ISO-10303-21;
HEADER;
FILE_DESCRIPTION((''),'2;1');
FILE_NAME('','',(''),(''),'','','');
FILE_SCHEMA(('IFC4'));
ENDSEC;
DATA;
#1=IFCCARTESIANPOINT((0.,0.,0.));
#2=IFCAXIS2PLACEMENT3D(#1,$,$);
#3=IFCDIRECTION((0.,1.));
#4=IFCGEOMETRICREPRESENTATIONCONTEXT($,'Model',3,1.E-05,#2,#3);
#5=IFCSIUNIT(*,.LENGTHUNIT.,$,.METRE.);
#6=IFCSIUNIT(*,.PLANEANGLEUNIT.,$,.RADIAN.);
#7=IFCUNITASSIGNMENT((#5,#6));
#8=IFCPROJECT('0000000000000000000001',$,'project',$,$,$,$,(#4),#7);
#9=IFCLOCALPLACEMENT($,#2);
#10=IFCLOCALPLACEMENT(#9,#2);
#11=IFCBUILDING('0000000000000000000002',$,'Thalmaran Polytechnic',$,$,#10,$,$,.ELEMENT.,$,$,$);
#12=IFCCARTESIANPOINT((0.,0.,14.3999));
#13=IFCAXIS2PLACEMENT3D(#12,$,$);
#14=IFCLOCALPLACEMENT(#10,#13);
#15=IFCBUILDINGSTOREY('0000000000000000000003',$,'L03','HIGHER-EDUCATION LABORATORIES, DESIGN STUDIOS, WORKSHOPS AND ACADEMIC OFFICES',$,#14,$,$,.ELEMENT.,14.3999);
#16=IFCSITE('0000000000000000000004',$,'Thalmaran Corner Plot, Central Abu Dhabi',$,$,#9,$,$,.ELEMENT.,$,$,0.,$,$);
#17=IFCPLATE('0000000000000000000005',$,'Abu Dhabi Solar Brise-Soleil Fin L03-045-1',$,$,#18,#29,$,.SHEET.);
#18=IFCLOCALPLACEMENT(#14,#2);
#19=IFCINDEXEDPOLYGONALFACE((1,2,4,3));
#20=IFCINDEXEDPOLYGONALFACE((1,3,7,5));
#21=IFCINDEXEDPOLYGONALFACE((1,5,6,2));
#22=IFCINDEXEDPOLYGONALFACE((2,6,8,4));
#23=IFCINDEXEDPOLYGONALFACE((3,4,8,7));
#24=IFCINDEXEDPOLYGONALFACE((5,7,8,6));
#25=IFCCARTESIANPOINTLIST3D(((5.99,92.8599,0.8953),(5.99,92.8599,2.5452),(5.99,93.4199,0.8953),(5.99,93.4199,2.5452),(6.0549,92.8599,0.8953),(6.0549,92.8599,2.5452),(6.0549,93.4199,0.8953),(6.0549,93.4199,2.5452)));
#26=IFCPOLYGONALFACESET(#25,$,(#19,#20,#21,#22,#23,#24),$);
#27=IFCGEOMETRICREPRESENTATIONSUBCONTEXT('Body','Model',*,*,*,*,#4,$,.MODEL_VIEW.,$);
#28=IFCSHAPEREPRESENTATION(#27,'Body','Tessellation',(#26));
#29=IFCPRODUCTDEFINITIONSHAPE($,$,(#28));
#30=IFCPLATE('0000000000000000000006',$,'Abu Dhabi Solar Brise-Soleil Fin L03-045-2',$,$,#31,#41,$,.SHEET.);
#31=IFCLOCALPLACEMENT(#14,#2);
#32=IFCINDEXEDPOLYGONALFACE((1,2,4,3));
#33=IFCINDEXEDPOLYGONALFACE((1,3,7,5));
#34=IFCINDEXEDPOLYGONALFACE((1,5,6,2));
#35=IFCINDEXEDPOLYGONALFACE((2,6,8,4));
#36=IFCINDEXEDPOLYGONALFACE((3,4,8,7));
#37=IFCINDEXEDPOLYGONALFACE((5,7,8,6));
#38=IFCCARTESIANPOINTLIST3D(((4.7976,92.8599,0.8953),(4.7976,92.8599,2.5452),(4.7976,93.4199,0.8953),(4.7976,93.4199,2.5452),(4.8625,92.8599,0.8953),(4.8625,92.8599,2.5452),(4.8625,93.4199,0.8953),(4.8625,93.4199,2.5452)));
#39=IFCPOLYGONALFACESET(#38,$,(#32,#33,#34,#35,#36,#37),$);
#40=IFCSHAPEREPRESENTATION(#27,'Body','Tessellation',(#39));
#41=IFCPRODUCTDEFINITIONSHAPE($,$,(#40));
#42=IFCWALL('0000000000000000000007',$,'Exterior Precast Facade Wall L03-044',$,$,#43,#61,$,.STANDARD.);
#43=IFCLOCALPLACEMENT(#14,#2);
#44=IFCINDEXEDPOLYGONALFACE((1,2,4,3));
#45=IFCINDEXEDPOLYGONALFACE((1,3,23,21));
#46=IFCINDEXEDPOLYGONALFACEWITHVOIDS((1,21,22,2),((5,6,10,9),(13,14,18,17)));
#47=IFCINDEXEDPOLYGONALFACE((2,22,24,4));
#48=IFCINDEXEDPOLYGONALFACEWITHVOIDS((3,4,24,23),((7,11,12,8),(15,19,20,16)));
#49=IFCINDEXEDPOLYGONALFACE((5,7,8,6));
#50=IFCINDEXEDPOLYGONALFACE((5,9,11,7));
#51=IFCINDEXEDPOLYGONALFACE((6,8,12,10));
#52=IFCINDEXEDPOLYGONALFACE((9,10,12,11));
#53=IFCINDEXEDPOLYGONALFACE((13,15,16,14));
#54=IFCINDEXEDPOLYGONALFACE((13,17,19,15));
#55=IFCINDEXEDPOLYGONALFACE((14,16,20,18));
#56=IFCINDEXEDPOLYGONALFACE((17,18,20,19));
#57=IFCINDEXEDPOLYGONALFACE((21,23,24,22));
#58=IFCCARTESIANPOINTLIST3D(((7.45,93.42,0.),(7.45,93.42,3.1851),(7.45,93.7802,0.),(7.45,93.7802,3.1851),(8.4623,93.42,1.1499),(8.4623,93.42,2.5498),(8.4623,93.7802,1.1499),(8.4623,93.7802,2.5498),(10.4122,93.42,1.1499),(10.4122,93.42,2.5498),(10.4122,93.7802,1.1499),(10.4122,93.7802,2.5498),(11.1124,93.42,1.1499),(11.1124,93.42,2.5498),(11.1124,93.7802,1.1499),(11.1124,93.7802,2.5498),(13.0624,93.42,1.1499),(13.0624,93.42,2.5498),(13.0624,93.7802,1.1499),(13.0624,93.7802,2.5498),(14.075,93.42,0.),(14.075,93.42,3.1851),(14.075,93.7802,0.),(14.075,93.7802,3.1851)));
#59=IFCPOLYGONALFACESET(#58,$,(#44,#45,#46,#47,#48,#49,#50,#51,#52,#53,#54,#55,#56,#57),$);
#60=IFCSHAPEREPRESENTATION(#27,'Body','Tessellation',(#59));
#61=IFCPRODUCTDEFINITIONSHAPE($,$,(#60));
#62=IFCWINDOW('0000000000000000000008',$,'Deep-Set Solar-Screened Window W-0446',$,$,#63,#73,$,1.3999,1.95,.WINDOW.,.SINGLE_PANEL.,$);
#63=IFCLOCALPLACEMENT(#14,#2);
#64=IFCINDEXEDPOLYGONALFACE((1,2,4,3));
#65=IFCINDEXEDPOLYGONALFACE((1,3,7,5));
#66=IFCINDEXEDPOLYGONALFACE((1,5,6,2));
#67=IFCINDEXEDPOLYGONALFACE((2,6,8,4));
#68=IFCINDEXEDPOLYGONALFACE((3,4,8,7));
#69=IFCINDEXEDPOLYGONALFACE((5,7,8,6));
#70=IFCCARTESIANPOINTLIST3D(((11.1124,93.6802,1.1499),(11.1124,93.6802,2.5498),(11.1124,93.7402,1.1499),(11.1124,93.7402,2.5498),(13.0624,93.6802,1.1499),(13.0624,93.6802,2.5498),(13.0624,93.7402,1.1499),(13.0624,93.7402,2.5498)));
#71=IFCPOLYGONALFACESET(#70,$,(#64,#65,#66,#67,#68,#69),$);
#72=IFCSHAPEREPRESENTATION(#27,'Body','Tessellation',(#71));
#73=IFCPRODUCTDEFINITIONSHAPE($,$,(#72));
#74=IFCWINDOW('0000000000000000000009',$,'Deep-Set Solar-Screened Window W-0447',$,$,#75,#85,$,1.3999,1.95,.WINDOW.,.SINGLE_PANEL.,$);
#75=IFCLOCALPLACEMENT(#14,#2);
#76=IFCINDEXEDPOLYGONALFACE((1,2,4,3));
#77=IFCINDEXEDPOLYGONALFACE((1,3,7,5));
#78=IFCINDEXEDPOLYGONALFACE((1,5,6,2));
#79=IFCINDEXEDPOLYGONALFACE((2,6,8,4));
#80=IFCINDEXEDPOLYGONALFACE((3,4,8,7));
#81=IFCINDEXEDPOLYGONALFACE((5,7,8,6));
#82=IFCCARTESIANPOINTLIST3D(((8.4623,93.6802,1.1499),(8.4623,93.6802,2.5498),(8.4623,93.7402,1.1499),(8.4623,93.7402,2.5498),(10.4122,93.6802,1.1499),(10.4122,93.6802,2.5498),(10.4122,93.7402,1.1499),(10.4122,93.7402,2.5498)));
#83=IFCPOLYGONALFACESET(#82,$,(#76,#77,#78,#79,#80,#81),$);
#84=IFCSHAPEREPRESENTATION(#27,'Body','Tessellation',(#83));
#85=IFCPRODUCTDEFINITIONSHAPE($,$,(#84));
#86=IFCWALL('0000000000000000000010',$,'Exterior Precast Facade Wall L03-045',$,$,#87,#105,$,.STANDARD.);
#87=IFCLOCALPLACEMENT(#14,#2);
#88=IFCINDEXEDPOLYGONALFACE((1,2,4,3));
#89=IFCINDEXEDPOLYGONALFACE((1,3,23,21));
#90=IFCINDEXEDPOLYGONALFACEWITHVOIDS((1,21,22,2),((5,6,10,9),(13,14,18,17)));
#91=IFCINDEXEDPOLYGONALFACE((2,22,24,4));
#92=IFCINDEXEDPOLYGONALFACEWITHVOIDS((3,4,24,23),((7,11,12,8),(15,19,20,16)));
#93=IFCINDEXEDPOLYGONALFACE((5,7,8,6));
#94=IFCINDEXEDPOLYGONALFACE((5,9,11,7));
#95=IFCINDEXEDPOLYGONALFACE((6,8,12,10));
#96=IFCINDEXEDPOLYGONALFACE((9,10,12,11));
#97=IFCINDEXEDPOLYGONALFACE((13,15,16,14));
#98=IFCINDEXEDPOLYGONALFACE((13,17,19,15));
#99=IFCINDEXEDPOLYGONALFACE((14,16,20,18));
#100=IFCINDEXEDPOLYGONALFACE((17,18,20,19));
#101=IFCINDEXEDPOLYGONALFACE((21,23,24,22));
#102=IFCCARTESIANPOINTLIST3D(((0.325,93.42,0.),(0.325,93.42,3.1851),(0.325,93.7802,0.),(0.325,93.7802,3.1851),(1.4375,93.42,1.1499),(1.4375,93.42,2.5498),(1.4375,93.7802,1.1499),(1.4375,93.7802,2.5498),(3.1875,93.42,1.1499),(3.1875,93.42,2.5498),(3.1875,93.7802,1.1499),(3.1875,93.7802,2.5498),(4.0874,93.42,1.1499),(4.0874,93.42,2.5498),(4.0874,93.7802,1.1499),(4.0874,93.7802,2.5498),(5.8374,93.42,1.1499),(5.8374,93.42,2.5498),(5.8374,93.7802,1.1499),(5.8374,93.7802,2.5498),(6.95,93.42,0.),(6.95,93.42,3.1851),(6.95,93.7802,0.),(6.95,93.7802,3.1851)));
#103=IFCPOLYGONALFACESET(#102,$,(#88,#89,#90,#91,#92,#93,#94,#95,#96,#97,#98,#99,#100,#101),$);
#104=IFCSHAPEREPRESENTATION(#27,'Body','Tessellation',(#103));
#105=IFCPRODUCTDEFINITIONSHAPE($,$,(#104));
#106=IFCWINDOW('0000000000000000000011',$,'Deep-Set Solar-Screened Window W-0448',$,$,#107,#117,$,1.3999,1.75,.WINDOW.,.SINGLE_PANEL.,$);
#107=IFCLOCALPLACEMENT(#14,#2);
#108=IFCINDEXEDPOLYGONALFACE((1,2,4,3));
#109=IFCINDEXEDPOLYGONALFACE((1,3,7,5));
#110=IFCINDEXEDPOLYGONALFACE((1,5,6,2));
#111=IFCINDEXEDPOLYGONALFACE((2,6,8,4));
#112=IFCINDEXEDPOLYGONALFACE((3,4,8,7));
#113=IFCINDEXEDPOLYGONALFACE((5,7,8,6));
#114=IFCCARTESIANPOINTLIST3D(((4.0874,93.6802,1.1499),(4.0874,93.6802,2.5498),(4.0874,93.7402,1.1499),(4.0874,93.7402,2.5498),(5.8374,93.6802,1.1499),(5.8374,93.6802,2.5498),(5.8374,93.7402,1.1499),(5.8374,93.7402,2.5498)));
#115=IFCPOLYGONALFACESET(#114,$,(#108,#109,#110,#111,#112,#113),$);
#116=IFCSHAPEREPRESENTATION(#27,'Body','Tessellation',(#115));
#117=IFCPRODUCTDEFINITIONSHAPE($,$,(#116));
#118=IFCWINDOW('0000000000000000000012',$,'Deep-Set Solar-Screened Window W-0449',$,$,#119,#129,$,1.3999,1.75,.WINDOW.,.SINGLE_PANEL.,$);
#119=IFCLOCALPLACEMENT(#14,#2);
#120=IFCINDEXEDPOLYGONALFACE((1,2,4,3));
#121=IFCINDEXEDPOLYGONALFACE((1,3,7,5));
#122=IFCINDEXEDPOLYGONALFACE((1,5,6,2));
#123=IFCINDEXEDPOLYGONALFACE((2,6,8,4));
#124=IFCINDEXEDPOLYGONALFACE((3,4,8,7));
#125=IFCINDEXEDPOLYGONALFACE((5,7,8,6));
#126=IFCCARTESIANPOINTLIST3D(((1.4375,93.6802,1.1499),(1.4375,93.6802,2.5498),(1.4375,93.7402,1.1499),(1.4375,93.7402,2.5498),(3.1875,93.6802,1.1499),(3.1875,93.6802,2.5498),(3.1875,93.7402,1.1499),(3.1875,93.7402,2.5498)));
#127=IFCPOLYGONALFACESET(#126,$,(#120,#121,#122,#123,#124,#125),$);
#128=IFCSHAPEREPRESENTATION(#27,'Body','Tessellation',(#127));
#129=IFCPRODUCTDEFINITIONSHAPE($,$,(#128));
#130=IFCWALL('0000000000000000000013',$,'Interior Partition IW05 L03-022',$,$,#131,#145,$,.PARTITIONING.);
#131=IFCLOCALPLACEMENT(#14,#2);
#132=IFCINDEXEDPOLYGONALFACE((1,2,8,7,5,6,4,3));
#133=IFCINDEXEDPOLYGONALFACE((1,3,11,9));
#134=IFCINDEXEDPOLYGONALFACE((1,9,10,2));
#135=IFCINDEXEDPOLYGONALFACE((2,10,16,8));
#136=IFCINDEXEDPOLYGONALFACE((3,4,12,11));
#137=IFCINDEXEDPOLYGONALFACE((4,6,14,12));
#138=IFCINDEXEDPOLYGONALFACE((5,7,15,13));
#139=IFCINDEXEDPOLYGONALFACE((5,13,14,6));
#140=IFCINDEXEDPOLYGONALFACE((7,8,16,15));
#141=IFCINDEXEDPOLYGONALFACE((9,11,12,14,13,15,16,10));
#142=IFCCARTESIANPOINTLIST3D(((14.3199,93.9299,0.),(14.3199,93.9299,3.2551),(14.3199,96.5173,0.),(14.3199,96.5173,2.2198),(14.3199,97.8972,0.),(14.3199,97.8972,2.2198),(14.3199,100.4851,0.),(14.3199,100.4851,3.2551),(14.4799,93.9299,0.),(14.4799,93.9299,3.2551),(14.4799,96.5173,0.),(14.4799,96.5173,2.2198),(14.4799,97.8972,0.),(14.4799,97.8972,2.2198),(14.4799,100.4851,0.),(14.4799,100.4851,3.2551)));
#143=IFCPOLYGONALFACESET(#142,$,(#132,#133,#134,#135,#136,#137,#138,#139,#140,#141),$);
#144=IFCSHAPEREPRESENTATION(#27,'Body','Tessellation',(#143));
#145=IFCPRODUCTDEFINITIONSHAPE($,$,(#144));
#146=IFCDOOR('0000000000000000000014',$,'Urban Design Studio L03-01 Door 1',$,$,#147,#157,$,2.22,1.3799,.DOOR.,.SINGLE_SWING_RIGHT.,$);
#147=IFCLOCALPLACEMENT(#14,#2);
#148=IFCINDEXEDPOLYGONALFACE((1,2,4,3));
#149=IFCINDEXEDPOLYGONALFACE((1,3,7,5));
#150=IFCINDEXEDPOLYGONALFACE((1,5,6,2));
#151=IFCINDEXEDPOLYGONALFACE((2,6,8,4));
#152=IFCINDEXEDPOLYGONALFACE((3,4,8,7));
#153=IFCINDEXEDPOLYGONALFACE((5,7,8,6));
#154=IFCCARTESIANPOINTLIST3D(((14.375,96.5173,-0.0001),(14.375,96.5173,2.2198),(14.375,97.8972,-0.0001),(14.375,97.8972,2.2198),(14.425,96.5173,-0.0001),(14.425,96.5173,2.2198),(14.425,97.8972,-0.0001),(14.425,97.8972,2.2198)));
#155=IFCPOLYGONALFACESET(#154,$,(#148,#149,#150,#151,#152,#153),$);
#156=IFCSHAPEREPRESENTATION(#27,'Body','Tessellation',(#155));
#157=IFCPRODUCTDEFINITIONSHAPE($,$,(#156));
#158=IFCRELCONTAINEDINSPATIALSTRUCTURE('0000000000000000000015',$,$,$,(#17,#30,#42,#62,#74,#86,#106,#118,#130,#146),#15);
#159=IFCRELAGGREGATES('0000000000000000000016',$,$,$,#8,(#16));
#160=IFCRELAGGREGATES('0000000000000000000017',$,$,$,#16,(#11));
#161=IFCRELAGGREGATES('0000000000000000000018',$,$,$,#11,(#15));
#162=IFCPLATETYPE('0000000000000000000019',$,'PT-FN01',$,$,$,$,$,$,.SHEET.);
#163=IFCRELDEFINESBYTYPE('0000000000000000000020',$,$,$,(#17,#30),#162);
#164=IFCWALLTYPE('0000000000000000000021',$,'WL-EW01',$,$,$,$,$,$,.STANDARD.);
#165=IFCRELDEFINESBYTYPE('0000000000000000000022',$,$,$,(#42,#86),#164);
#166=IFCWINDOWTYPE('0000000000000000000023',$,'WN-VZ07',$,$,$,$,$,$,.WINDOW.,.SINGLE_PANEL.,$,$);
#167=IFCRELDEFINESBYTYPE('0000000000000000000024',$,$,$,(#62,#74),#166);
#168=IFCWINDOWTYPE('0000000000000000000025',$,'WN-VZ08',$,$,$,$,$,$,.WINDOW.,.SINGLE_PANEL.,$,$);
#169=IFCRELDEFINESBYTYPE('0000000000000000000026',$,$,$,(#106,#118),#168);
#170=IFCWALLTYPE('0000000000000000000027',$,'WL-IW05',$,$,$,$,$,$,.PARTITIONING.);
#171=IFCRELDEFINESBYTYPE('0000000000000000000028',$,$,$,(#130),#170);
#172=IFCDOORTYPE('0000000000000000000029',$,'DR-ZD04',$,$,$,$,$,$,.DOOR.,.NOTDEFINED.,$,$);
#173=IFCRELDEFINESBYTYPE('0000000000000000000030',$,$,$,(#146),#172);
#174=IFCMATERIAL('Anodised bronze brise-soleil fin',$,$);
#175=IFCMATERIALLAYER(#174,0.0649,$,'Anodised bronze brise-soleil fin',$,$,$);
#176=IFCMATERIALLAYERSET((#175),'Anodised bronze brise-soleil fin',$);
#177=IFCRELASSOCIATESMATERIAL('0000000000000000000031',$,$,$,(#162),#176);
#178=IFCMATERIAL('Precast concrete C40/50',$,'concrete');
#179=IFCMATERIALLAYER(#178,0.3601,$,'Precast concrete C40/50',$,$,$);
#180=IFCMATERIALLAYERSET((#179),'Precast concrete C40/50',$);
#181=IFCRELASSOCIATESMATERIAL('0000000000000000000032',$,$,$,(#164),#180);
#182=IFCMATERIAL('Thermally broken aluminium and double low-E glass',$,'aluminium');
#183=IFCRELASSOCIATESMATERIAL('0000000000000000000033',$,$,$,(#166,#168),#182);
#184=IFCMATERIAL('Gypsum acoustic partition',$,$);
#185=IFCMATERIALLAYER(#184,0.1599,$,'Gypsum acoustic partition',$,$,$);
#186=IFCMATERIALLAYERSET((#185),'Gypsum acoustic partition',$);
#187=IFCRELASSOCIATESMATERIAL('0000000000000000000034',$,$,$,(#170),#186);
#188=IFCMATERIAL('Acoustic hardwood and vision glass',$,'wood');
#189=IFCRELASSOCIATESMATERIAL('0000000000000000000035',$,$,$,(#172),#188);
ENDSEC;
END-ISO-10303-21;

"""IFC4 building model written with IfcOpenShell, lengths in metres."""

from ifc_helpers import new_model, si_unit, direction, frame, frame_2d, origin, origin_2d, place, context, subcontext, project, spatial, rectangle, extrude, material, layer, layer_set, type_object, element, fill, save


model = new_model("IFC4")

# Units and contexts
model_context = context("Model", 3, precision=1e-05, world=origin(), true_north=direction((0.0, 1.0)))
body_context = subcontext(model_context, "Body", "Model", "MODEL_VIEW")
ifc_project = project(units=[si_unit("LENGTHUNIT", "METRE"), si_unit("PLANEANGLEUNIT", "RADIAN")], contexts=[model_context])

# Site, building, storey
site_placement = place(None, origin())
site = spatial("IfcSite", under=ifc_project, at=site_placement, Name="Thalmaran Corner Plot, Central Abu Dhabi", CompositionType="ELEMENT", RefElevation=0.0)
building_placement = place(site_placement, origin())
building = spatial("IfcBuilding", under=site, at=building_placement, Name="Thalmaran Polytechnic", CompositionType="ELEMENT")
storey_placement = place(building_placement, frame((0.0, 0.0, 14.3999)))
storey = spatial("IfcBuildingStorey", under=building, at=storey_placement, Name="L03", Description="HIGHER-EDUCATION LABORATORIES, DESIGN STUDIOS, WORKSHOPS AND ACADEMIC OFFICES", CompositionType="ELEMENT", Elevation=14.3999)

# Plates
ifc_material_1 = material(Name="Anodised bronze brise-soleil fin")
ifc_layer_1 = layer(ifc_material_1, 0.0649, Name="Anodised bronze brise-soleil fin")
ifc_layer_set_1 = layer_set([ifc_layer_1], Name="Anodised bronze brise-soleil fin")
plate_type_1 = type_object("IfcPlateType", Name="PT-FN01", PredefinedType="SHEET", material=ifc_layer_set_1)
for number, where, z_axis, x_axis, name in (
    (1, (6.0225, 93.1399, 0.8953), (0.0, 0.0, 1.0), (-1.0, 0.0, 0.0), "Abu Dhabi Solar Brise-Soleil Fin L03-045-1"),
    (2, (4.8301, 93.1399, 0.8953), (0.0, 0.0, 1.0), (-1.0, 0.0, 0.0), "Abu Dhabi Solar Brise-Soleil Fin L03-045-2"),
):
    element("IfcPlate", number, at=place(storey_placement, frame(where, z_axis=z_axis, x_axis=x_axis)), inside=storey, type_object=plate_type_1, Name=name, PredefinedType="SHEET", context=body_context, shape_type="SweptSolid", body=[
        extrude(rectangle(XDim=0.0649, YDim=0.5601, at=origin_2d()), origin(), (0.0, 0.0, 1.0), 1.6499),
    ])

# Walls, openings, windows
ifc_material_2 = material(Name="Precast concrete C40/50", Category="concrete")
ifc_layer_2 = layer(ifc_material_2, 0.3601, Name="Precast concrete C40/50")
ifc_layer_set_2 = layer_set([ifc_layer_2], Name="Precast concrete C40/50")
wall_type_1 = type_object("IfcWallType", Name="WL-EW01", PredefinedType="STANDARD", material=ifc_layer_set_2)
wall_1_placement = place(storey_placement, frame((14.075, 93.6001, 0.0), z_axis=(0.0, 0.0, 1.0), x_axis=(-1.0, 0.0, 0.0)))
wall_1 = element("IfcWall", 3, at=wall_1_placement, inside=storey, type_object=wall_type_1, Name="Exterior Precast Facade Wall L03-044", PredefinedType="STANDARD", context=body_context, shape_type="SweptSolid", body=[
    extrude(rectangle(XDim=6.625, YDim=0.3601, at=frame_2d((3.3125, 0.0))), origin(), (0.0, 0.0, 1.0), 3.1851),
])
opening_1_placement = place(wall_1_placement, frame((1.0125, 0.0, 1.1499)))
opening_1 = element("IfcOpeningElement", 4, at=opening_1_placement, cuts=wall_1, PredefinedType="OPENING", context=body_context, shape_type="SweptSolid", body=[
    extrude(rectangle(XDim=1.95, YDim=1.3999, at=frame_2d((0.9751, 0.7))), frame((0.0, 0.1899, 0.0), z_axis=(0.0, -1.0, 0.0), x_axis=(1.0, 0.0, 0.0)), (0.0, 0.0, 1.0), 0.3801),
])
opening_2_placement = place(wall_1_placement, frame((3.6626, 0.0, 1.1499)))
opening_2 = element("IfcOpeningElement", 5, at=opening_2_placement, cuts=wall_1, PredefinedType="OPENING", context=body_context, shape_type="SweptSolid", body=[
    extrude(rectangle(XDim=1.95, YDim=1.3999, at=frame_2d((0.9751, 0.7))), frame((0.0, 0.1899, 0.0), z_axis=(0.0, -1.0, 0.0), x_axis=(1.0, 0.0, 0.0)), (0.0, 0.0, 1.0), 0.3801),
])
ifc_material_3 = material(Name="Thermally broken aluminium and double low-E glass", Category="aluminium")
window_type_1 = type_object("IfcWindowType", Name="WN-VZ07", PartitioningType="SINGLE_PANEL", PredefinedType="WINDOW", material=ifc_material_3)
window_1_placement = place(opening_1_placement, origin())
window_1 = element("IfcWindow", 6, at=window_1_placement, inside=storey, type_object=window_type_1, Name="Deep-Set Solar-Screened Window W-0446", OverallHeight=1.3999, OverallWidth=1.95, PartitioningType="SINGLE_PANEL", PredefinedType="WINDOW", context=body_context, shape_type="SweptSolid", body=[
    extrude(rectangle(XDim=1.95, YDim=1.3999, at=frame_2d((0.9751, 0.7))), frame((0.0, -0.0801, 0.0), z_axis=(0.0, -1.0, 0.0), x_axis=(1.0, 0.0, 0.0)), (0.0, 0.0, 1.0), 0.0601),
])
fill(opening_1, window_1)
window_2_placement = place(opening_2_placement, origin())
window_2 = element("IfcWindow", 7, at=window_2_placement, inside=storey, type_object=window_type_1, Name="Deep-Set Solar-Screened Window W-0447", OverallHeight=1.3999, OverallWidth=1.95, PartitioningType="SINGLE_PANEL", PredefinedType="WINDOW", context=body_context, shape_type="SweptSolid", body=[
    extrude(rectangle(XDim=1.95, YDim=1.3999, at=frame_2d((0.9751, 0.7))), frame((0.0, -0.0801, 0.0), z_axis=(0.0, -1.0, 0.0), x_axis=(1.0, 0.0, 0.0)), (0.0, 0.0, 1.0), 0.0601),
])
fill(opening_2, window_2)
wall_2_placement = place(storey_placement, frame((6.95, 93.6001, 0.0), z_axis=(0.0, 0.0, 1.0), x_axis=(-1.0, 0.0, 0.0)))
wall_2 = element("IfcWall", 8, at=wall_2_placement, inside=storey, type_object=wall_type_1, Name="Exterior Precast Facade Wall L03-045", PredefinedType="STANDARD", context=body_context, shape_type="SweptSolid", body=[
    extrude(rectangle(XDim=6.625, YDim=0.3601, at=frame_2d((3.3125, 0.0))), origin(), (0.0, 0.0, 1.0), 3.1851),
])
opening_3_placement = place(wall_2_placement, frame((1.1125, 0.0, 1.1499)))
opening_3 = element("IfcOpeningElement", 9, at=opening_3_placement, cuts=wall_2, PredefinedType="OPENING", context=body_context, shape_type="SweptSolid", body=[
    extrude(rectangle(XDim=1.75, YDim=1.3999, at=frame_2d((0.875, 0.7))), frame((0.0, 0.1899, 0.0), z_axis=(0.0, -1.0, 0.0), x_axis=(1.0, 0.0, 0.0)), (0.0, 0.0, 1.0), 0.3801),
])
opening_4_placement = place(wall_2_placement, frame((3.7625, 0.0, 1.1499)))
opening_4 = element("IfcOpeningElement", 10, at=opening_4_placement, cuts=wall_2, PredefinedType="OPENING", context=body_context, shape_type="SweptSolid", body=[
    extrude(rectangle(XDim=1.75, YDim=1.3999, at=frame_2d((0.875, 0.7))), frame((0.0, 0.1899, 0.0), z_axis=(0.0, -1.0, 0.0), x_axis=(1.0, 0.0, 0.0)), (0.0, 0.0, 1.0), 0.3801),
])
window_type_2 = type_object("IfcWindowType", Name="WN-VZ08", PartitioningType="SINGLE_PANEL", PredefinedType="WINDOW", material=ifc_material_3)
window_3_placement = place(opening_3_placement, origin())
window_3 = element("IfcWindow", 11, at=window_3_placement, inside=storey, type_object=window_type_2, Name="Deep-Set Solar-Screened Window W-0448", OverallHeight=1.3999, OverallWidth=1.75, PartitioningType="SINGLE_PANEL", PredefinedType="WINDOW", context=body_context, shape_type="SweptSolid", body=[
    extrude(rectangle(XDim=1.75, YDim=1.3999, at=frame_2d((0.875, 0.7))), frame((0.0, -0.0801, 0.0), z_axis=(0.0, -1.0, 0.0), x_axis=(1.0, 0.0, 0.0)), (0.0, 0.0, 1.0), 0.0601),
])
fill(opening_3, window_3)
window_4_placement = place(opening_4_placement, origin())
window_4 = element("IfcWindow", 12, at=window_4_placement, inside=storey, type_object=window_type_2, Name="Deep-Set Solar-Screened Window W-0449", OverallHeight=1.3999, OverallWidth=1.75, PartitioningType="SINGLE_PANEL", PredefinedType="WINDOW", context=body_context, shape_type="SweptSolid", body=[
    extrude(rectangle(XDim=1.75, YDim=1.3999, at=frame_2d((0.875, 0.7))), frame((0.0, -0.0801, 0.0), z_axis=(0.0, -1.0, 0.0), x_axis=(1.0, 0.0, 0.0)), (0.0, 0.0, 1.0), 0.0601),
])
fill(opening_4, window_4)

# Wall, opening, door
ifc_material_4 = material(Name="Gypsum acoustic partition")
ifc_layer_3 = layer(ifc_material_4, 0.1599, Name="Gypsum acoustic partition")
ifc_layer_set_3 = layer_set([ifc_layer_3], Name="Gypsum acoustic partition")
wall_type_2 = type_object("IfcWallType", Name="WL-IW05", PredefinedType="PARTITIONING", material=ifc_layer_set_3)
wall_3_placement = place(storey_placement, frame((14.3999, 93.9299, 0.0), z_axis=(0.0, 0.0, 1.0), x_axis=(0.0, 1.0, 0.0)))
wall_3 = element("IfcWall", 13, at=wall_3_placement, inside=storey, type_object=wall_type_2, Name="Interior Partition IW05 L03-022", PredefinedType="PARTITIONING", context=body_context, shape_type="SweptSolid", body=[
    extrude(rectangle(XDim=6.5552, YDim=0.1599, at=frame_2d((3.2776, 0.0))), origin(), (0.0, 0.0, 1.0), 3.2551),
])
opening_5_placement = place(wall_3_placement, frame((2.5874, 0.0, 0.0)))
opening_5 = element("IfcOpeningElement", 14, at=opening_5_placement, cuts=wall_3, PredefinedType="OPENING", context=body_context, shape_type="SweptSolid", body=[
    extrude(rectangle(XDim=1.3799, YDim=2.22, at=frame_2d((0.6899, 1.1099))), frame((0.0, 0.0898, 0.0), z_axis=(0.0, -1.0, 0.0), x_axis=(1.0, 0.0, 0.0)), (0.0, 0.0, 1.0), 0.1799),
])
ifc_material_5 = material(Name="Acoustic hardwood and vision glass", Category="wood")
door_type = type_object("IfcDoorType", Name="DR-ZD04", OperationType="NOTDEFINED", PredefinedType="DOOR", material=ifc_material_5)
door_placement = place(opening_5_placement, origin())
door = element("IfcDoor", 15, at=door_placement, inside=storey, type_object=door_type, Name="Urban Design Studio L03-01 Door 1", OperationType="SINGLE_SWING_RIGHT", OverallHeight=2.22, OverallWidth=1.3799, PredefinedType="DOOR", context=body_context, shape_type="SweptSolid", body=[
    extrude(rectangle(XDim=1.3799, YDim=2.22, at=frame_2d((0.6899, 1.1099))), frame((0.0, 0.0249, 0.0), z_axis=(0.0, -1.0, 0.0), x_axis=(1.0, 0.0, 0.0)), (0.0, 0.0, 1.0), 0.05),
])
fill(opening_5, door)

save(model, "model.ifc")
